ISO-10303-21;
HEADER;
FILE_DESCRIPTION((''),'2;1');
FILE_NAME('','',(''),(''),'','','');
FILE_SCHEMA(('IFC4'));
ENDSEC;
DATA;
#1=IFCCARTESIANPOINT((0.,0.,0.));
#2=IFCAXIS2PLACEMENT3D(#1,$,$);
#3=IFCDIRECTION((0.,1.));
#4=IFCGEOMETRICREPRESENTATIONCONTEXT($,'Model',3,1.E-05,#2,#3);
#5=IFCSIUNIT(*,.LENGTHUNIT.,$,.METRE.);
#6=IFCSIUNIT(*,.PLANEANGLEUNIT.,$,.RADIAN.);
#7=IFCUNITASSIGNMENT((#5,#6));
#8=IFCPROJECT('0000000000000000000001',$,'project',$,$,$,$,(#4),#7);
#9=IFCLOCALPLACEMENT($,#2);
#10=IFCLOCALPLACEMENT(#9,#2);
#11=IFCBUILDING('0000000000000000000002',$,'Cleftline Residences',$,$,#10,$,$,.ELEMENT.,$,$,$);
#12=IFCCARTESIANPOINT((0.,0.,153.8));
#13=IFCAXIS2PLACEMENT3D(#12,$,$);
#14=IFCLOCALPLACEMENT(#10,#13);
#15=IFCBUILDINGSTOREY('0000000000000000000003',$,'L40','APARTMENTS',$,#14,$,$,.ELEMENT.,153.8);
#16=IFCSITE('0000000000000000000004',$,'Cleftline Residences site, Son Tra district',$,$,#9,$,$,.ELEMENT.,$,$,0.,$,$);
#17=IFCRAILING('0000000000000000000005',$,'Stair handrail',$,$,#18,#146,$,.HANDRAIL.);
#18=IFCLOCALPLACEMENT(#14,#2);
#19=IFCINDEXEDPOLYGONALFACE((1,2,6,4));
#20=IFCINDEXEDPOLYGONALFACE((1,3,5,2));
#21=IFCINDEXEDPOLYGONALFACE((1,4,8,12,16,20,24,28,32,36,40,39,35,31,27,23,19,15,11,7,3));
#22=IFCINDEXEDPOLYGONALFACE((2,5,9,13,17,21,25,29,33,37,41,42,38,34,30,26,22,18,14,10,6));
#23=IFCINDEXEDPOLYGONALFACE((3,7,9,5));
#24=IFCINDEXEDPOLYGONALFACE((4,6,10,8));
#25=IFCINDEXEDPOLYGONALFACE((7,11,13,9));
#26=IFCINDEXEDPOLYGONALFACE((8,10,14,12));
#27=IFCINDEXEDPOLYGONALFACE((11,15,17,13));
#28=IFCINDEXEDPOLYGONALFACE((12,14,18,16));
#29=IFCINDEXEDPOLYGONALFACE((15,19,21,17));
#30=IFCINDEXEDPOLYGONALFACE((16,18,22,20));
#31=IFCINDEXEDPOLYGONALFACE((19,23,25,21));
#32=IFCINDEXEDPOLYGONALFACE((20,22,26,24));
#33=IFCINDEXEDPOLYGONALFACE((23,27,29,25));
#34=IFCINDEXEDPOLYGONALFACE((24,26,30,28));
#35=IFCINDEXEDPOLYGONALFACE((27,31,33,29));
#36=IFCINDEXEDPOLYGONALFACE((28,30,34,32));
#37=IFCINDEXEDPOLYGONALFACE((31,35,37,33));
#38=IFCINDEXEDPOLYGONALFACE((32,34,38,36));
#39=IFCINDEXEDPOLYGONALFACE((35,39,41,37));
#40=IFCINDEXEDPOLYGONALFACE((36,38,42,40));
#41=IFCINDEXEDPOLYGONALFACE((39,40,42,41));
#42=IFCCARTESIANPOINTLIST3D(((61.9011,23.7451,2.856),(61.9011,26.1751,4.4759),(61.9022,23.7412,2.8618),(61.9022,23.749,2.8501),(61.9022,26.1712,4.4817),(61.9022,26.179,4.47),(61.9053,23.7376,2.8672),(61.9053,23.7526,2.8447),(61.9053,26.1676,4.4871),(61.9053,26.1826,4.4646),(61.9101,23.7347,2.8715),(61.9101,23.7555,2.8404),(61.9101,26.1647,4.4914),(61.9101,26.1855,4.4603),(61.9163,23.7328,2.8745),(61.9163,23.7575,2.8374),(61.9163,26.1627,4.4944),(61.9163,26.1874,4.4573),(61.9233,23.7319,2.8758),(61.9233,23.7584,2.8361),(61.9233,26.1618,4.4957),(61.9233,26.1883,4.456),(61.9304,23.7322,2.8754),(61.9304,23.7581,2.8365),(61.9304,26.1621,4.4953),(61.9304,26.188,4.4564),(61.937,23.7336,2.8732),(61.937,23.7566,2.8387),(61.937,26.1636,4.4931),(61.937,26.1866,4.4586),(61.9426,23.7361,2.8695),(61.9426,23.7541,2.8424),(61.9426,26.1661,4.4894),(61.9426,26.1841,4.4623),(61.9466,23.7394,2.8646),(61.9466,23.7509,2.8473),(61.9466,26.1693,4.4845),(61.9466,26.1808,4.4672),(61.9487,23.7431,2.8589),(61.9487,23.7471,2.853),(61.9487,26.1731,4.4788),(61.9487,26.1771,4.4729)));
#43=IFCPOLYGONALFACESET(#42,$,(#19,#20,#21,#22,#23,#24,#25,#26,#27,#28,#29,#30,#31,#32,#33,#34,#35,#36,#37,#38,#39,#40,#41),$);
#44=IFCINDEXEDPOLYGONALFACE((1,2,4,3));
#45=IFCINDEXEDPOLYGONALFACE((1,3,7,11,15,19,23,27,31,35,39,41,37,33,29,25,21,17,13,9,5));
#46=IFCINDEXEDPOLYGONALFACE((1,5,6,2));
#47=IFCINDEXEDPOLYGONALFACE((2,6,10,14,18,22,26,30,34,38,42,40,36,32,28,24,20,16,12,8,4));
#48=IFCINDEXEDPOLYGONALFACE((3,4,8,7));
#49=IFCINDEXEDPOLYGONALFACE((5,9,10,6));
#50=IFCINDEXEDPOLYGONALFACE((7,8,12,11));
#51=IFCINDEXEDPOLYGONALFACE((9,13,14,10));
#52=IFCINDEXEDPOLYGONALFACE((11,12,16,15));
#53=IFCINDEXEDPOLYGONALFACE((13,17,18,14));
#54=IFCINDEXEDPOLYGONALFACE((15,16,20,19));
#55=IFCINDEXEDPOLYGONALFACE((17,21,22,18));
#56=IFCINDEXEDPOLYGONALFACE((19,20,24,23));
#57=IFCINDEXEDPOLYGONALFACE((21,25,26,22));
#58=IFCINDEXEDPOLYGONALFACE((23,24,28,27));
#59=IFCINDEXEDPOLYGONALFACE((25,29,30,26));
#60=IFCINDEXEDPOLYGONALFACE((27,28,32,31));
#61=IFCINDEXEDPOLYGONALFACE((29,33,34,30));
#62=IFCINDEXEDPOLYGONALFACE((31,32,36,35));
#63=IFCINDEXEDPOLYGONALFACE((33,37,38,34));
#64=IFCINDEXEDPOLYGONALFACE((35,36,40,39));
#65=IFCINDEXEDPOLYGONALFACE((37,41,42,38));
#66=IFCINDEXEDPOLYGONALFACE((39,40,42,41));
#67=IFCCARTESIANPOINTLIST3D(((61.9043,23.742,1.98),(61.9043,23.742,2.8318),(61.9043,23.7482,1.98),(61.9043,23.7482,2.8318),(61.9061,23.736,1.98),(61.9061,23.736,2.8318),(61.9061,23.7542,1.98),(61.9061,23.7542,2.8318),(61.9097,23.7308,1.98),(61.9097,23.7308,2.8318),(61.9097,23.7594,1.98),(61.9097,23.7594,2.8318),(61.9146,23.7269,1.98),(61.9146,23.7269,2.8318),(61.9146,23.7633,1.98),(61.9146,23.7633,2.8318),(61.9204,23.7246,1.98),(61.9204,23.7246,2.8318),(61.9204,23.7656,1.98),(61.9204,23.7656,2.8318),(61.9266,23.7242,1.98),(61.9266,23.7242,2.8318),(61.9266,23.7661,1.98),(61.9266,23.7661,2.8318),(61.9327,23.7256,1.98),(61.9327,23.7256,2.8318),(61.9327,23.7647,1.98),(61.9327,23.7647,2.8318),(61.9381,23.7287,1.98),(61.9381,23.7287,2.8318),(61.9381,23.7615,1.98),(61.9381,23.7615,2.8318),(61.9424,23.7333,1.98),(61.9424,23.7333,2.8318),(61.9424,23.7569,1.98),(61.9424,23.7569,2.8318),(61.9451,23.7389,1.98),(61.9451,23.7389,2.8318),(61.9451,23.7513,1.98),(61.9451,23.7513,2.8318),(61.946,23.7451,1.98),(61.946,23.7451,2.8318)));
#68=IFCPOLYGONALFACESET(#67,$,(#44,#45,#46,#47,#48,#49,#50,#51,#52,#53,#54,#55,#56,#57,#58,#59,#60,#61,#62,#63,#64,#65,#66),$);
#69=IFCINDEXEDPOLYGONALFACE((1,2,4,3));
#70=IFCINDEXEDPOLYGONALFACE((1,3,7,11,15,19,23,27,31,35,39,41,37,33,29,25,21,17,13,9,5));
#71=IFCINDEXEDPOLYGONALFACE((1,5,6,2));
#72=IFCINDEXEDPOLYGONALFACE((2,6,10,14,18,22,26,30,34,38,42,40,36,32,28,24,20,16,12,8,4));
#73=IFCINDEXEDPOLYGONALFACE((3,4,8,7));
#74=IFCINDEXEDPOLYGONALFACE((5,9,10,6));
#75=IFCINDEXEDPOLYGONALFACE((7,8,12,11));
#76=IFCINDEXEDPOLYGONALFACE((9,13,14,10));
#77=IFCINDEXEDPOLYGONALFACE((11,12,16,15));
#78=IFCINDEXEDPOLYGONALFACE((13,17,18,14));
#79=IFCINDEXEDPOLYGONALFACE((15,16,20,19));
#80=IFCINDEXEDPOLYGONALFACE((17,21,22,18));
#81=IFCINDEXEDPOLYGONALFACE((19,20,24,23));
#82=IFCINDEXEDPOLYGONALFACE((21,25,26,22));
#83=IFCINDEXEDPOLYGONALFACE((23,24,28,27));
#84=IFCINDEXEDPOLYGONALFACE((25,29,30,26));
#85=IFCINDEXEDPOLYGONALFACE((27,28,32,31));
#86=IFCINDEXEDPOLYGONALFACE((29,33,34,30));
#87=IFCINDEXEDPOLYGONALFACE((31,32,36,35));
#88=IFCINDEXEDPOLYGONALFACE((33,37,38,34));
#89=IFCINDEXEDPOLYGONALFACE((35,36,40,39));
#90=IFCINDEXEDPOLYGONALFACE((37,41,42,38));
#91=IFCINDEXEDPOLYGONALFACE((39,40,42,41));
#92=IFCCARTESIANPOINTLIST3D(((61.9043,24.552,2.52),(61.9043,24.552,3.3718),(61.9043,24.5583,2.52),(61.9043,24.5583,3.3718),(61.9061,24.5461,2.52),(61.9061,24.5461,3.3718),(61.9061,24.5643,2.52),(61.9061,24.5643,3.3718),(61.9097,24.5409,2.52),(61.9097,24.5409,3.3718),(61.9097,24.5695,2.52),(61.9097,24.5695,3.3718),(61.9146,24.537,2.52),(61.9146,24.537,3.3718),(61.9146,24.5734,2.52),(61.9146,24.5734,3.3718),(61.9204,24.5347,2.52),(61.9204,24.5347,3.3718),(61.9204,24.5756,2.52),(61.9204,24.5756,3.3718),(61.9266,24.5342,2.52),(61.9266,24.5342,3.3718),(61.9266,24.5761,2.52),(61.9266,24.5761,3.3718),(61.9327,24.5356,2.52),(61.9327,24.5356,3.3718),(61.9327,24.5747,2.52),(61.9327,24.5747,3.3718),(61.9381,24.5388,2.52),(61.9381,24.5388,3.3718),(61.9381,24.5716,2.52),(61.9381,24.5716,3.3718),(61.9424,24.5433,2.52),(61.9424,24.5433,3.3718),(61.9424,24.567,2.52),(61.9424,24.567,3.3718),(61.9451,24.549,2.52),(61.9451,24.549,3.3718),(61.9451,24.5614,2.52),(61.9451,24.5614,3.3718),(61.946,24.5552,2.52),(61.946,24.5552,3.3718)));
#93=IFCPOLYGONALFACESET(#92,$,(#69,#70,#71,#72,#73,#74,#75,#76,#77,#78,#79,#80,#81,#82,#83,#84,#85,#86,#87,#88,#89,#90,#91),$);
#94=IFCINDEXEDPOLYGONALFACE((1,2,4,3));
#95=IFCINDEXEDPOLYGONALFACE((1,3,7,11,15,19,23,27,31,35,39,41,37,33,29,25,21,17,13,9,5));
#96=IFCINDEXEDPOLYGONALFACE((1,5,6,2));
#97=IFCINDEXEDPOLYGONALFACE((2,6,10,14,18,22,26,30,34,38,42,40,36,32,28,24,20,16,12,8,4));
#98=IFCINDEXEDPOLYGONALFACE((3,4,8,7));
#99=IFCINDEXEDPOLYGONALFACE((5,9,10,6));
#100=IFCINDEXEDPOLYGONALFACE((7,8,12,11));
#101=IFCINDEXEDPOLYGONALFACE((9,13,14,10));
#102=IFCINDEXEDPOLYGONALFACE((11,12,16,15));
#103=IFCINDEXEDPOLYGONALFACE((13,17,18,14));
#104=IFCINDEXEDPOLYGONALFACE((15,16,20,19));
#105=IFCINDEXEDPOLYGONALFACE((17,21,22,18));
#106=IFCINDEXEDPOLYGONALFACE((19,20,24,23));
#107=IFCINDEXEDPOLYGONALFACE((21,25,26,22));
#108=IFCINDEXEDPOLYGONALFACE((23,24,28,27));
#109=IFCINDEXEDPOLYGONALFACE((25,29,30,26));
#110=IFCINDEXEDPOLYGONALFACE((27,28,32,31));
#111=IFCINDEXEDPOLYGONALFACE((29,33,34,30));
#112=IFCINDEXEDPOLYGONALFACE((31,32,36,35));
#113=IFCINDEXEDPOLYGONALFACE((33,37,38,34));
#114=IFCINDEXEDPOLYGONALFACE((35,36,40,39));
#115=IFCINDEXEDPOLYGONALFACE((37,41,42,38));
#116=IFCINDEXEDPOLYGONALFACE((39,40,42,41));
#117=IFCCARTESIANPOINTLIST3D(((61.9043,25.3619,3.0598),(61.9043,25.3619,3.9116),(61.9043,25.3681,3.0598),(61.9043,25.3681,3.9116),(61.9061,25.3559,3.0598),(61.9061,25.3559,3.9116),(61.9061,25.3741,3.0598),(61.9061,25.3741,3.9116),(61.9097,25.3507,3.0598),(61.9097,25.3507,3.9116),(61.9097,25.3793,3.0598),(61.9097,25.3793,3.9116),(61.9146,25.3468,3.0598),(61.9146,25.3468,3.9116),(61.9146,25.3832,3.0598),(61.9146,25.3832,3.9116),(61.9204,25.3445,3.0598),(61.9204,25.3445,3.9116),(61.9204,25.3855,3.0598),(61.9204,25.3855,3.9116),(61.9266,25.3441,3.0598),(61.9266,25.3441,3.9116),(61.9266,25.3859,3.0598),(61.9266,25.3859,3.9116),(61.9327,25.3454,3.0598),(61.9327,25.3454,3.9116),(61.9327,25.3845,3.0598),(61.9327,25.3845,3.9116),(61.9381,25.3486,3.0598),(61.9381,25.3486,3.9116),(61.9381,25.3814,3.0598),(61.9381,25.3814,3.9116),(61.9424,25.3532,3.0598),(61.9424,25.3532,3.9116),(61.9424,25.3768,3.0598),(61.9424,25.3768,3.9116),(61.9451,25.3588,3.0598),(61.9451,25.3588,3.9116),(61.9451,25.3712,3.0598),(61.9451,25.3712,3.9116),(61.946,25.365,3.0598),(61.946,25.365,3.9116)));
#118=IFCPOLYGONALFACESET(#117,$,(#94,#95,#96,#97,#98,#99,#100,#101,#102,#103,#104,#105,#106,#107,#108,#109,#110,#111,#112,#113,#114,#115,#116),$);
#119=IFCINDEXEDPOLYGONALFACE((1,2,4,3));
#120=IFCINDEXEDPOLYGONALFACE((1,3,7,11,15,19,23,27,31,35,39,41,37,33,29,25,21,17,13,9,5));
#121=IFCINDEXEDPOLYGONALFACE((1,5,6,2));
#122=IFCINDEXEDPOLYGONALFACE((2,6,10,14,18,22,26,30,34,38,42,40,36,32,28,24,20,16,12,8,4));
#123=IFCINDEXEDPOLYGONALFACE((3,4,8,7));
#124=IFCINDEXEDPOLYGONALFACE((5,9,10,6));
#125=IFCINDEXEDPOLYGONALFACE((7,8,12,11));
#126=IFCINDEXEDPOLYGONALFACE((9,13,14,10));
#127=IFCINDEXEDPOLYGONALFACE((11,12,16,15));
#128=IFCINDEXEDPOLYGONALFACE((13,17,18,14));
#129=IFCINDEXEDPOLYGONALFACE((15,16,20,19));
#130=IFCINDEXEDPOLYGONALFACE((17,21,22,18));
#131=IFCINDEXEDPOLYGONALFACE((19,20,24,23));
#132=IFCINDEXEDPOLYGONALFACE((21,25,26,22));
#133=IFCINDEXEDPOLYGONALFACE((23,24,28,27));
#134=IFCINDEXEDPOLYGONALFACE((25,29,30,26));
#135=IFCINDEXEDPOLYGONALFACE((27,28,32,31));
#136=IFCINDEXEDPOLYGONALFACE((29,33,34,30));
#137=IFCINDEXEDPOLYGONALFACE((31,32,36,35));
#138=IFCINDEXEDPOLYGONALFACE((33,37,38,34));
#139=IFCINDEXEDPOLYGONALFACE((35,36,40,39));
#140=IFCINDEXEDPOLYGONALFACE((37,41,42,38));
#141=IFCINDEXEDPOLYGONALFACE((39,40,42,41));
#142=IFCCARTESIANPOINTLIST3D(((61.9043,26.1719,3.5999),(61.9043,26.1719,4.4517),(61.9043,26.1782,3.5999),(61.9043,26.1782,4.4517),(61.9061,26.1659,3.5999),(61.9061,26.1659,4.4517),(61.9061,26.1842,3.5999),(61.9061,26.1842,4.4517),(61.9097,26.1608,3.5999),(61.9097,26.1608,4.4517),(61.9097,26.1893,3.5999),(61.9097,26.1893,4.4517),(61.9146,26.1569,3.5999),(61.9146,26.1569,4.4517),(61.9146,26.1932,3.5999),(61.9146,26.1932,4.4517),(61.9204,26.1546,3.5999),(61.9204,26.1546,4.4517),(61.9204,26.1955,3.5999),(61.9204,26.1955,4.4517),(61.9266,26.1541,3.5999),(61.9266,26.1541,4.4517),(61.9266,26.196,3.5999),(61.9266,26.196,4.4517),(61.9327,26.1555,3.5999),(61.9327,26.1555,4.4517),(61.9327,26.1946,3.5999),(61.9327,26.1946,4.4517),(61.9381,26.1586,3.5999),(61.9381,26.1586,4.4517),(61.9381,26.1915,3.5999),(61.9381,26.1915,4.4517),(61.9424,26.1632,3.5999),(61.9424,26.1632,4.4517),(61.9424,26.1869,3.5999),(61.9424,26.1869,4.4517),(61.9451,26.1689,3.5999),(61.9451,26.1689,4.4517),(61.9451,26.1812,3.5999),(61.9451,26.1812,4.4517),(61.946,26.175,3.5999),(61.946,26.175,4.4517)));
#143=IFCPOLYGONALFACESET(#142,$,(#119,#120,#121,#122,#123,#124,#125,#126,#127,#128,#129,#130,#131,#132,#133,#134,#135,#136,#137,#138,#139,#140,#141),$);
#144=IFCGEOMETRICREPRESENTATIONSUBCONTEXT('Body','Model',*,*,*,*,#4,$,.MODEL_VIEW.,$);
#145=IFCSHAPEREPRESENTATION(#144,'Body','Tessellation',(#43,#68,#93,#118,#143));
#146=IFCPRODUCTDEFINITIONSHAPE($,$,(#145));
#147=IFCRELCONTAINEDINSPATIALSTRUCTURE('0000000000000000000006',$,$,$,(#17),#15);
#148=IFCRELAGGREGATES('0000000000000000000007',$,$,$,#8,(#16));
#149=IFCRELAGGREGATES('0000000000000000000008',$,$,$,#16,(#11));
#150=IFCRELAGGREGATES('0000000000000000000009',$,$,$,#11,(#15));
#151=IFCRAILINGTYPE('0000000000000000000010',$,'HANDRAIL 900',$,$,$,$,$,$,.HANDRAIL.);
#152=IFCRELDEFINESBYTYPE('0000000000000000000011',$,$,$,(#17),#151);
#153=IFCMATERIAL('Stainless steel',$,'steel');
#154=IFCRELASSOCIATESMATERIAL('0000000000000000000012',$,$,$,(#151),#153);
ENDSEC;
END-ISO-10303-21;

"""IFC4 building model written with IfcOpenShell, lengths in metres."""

from ifc_helpers import new_model, si_unit, direction, frame, origin, origin_2d, place, context, subcontext, project, spatial, circle, extrude, material, type_object, element, save


model = new_model("IFC4")

# Units and contexts
model_context = context("Model", 3, precision=1e-05, world=origin(), true_north=direction((0.0, 1.0)))
body_context = subcontext(model_context, "Body", "Model", "MODEL_VIEW")
ifc_project = project(units=[si_unit("LENGTHUNIT", "METRE"), si_unit("PLANEANGLEUNIT", "RADIAN")], contexts=[model_context])

# Site, building, storey
site_placement = place(None, origin())
site = spatial("IfcSite", under=ifc_project, at=site_placement, Name="Cleftline Residences site, Son Tra district", CompositionType="ELEMENT", RefElevation=0.0)
building_placement = place(site_placement, origin())
building = spatial("IfcBuilding", under=site, at=building_placement, Name="Cleftline Residences", CompositionType="ELEMENT")
storey_placement = place(building_placement, frame((0.0, 0.0, 153.8)))
storey = spatial("IfcBuildingStorey", under=building, at=storey_placement, Name="L40", Description="APARTMENTS", CompositionType="ELEMENT", Elevation=153.8)

# Railing
ifc_material_1 = material(Name="Stainless steel", Category="steel")
railing_type = type_object("IfcRailingType", Name="HANDRAIL 900", PredefinedType="HANDRAIL", material=ifc_material_1)
railing_placement = place(storey_placement, frame((61.925, 23.7451, 1.98)))
element("IfcRailing", 1, at=railing_placement, inside=storey, type_object=railing_type, Name="Stair handrail", PredefinedType="HANDRAIL", context=body_context, shape_type="SweptSolid", body=[
    extrude(circle(Radius=0.0239, at=origin_2d()), frame((0.0, 0.0, 0.876), z_axis=(0.0, 0.832063, 0.554681), x_axis=(-1.0, 0.0, 0.0)), (0.0, 0.0, 1.0), 2.9204),
    extrude(circle(Radius=0.021, at=origin_2d()), origin(), (0.0, 0.0, 1.0), 0.8518),
    extrude(circle(Radius=0.021, at=origin_2d()), frame((0.0, 0.8101, 0.54)), (0.0, 0.0, 1.0), 0.8518),
    extrude(circle(Radius=0.021, at=origin_2d()), frame((0.0, 1.6199, 1.0798)), (0.0, 0.0, 1.0), 0.8518),
    extrude(circle(Radius=0.021, at=origin_2d()), frame((0.0, 2.4299, 1.6199)), (0.0, 0.0, 1.0), 0.8518),
])

save(model, "model.ifc")
